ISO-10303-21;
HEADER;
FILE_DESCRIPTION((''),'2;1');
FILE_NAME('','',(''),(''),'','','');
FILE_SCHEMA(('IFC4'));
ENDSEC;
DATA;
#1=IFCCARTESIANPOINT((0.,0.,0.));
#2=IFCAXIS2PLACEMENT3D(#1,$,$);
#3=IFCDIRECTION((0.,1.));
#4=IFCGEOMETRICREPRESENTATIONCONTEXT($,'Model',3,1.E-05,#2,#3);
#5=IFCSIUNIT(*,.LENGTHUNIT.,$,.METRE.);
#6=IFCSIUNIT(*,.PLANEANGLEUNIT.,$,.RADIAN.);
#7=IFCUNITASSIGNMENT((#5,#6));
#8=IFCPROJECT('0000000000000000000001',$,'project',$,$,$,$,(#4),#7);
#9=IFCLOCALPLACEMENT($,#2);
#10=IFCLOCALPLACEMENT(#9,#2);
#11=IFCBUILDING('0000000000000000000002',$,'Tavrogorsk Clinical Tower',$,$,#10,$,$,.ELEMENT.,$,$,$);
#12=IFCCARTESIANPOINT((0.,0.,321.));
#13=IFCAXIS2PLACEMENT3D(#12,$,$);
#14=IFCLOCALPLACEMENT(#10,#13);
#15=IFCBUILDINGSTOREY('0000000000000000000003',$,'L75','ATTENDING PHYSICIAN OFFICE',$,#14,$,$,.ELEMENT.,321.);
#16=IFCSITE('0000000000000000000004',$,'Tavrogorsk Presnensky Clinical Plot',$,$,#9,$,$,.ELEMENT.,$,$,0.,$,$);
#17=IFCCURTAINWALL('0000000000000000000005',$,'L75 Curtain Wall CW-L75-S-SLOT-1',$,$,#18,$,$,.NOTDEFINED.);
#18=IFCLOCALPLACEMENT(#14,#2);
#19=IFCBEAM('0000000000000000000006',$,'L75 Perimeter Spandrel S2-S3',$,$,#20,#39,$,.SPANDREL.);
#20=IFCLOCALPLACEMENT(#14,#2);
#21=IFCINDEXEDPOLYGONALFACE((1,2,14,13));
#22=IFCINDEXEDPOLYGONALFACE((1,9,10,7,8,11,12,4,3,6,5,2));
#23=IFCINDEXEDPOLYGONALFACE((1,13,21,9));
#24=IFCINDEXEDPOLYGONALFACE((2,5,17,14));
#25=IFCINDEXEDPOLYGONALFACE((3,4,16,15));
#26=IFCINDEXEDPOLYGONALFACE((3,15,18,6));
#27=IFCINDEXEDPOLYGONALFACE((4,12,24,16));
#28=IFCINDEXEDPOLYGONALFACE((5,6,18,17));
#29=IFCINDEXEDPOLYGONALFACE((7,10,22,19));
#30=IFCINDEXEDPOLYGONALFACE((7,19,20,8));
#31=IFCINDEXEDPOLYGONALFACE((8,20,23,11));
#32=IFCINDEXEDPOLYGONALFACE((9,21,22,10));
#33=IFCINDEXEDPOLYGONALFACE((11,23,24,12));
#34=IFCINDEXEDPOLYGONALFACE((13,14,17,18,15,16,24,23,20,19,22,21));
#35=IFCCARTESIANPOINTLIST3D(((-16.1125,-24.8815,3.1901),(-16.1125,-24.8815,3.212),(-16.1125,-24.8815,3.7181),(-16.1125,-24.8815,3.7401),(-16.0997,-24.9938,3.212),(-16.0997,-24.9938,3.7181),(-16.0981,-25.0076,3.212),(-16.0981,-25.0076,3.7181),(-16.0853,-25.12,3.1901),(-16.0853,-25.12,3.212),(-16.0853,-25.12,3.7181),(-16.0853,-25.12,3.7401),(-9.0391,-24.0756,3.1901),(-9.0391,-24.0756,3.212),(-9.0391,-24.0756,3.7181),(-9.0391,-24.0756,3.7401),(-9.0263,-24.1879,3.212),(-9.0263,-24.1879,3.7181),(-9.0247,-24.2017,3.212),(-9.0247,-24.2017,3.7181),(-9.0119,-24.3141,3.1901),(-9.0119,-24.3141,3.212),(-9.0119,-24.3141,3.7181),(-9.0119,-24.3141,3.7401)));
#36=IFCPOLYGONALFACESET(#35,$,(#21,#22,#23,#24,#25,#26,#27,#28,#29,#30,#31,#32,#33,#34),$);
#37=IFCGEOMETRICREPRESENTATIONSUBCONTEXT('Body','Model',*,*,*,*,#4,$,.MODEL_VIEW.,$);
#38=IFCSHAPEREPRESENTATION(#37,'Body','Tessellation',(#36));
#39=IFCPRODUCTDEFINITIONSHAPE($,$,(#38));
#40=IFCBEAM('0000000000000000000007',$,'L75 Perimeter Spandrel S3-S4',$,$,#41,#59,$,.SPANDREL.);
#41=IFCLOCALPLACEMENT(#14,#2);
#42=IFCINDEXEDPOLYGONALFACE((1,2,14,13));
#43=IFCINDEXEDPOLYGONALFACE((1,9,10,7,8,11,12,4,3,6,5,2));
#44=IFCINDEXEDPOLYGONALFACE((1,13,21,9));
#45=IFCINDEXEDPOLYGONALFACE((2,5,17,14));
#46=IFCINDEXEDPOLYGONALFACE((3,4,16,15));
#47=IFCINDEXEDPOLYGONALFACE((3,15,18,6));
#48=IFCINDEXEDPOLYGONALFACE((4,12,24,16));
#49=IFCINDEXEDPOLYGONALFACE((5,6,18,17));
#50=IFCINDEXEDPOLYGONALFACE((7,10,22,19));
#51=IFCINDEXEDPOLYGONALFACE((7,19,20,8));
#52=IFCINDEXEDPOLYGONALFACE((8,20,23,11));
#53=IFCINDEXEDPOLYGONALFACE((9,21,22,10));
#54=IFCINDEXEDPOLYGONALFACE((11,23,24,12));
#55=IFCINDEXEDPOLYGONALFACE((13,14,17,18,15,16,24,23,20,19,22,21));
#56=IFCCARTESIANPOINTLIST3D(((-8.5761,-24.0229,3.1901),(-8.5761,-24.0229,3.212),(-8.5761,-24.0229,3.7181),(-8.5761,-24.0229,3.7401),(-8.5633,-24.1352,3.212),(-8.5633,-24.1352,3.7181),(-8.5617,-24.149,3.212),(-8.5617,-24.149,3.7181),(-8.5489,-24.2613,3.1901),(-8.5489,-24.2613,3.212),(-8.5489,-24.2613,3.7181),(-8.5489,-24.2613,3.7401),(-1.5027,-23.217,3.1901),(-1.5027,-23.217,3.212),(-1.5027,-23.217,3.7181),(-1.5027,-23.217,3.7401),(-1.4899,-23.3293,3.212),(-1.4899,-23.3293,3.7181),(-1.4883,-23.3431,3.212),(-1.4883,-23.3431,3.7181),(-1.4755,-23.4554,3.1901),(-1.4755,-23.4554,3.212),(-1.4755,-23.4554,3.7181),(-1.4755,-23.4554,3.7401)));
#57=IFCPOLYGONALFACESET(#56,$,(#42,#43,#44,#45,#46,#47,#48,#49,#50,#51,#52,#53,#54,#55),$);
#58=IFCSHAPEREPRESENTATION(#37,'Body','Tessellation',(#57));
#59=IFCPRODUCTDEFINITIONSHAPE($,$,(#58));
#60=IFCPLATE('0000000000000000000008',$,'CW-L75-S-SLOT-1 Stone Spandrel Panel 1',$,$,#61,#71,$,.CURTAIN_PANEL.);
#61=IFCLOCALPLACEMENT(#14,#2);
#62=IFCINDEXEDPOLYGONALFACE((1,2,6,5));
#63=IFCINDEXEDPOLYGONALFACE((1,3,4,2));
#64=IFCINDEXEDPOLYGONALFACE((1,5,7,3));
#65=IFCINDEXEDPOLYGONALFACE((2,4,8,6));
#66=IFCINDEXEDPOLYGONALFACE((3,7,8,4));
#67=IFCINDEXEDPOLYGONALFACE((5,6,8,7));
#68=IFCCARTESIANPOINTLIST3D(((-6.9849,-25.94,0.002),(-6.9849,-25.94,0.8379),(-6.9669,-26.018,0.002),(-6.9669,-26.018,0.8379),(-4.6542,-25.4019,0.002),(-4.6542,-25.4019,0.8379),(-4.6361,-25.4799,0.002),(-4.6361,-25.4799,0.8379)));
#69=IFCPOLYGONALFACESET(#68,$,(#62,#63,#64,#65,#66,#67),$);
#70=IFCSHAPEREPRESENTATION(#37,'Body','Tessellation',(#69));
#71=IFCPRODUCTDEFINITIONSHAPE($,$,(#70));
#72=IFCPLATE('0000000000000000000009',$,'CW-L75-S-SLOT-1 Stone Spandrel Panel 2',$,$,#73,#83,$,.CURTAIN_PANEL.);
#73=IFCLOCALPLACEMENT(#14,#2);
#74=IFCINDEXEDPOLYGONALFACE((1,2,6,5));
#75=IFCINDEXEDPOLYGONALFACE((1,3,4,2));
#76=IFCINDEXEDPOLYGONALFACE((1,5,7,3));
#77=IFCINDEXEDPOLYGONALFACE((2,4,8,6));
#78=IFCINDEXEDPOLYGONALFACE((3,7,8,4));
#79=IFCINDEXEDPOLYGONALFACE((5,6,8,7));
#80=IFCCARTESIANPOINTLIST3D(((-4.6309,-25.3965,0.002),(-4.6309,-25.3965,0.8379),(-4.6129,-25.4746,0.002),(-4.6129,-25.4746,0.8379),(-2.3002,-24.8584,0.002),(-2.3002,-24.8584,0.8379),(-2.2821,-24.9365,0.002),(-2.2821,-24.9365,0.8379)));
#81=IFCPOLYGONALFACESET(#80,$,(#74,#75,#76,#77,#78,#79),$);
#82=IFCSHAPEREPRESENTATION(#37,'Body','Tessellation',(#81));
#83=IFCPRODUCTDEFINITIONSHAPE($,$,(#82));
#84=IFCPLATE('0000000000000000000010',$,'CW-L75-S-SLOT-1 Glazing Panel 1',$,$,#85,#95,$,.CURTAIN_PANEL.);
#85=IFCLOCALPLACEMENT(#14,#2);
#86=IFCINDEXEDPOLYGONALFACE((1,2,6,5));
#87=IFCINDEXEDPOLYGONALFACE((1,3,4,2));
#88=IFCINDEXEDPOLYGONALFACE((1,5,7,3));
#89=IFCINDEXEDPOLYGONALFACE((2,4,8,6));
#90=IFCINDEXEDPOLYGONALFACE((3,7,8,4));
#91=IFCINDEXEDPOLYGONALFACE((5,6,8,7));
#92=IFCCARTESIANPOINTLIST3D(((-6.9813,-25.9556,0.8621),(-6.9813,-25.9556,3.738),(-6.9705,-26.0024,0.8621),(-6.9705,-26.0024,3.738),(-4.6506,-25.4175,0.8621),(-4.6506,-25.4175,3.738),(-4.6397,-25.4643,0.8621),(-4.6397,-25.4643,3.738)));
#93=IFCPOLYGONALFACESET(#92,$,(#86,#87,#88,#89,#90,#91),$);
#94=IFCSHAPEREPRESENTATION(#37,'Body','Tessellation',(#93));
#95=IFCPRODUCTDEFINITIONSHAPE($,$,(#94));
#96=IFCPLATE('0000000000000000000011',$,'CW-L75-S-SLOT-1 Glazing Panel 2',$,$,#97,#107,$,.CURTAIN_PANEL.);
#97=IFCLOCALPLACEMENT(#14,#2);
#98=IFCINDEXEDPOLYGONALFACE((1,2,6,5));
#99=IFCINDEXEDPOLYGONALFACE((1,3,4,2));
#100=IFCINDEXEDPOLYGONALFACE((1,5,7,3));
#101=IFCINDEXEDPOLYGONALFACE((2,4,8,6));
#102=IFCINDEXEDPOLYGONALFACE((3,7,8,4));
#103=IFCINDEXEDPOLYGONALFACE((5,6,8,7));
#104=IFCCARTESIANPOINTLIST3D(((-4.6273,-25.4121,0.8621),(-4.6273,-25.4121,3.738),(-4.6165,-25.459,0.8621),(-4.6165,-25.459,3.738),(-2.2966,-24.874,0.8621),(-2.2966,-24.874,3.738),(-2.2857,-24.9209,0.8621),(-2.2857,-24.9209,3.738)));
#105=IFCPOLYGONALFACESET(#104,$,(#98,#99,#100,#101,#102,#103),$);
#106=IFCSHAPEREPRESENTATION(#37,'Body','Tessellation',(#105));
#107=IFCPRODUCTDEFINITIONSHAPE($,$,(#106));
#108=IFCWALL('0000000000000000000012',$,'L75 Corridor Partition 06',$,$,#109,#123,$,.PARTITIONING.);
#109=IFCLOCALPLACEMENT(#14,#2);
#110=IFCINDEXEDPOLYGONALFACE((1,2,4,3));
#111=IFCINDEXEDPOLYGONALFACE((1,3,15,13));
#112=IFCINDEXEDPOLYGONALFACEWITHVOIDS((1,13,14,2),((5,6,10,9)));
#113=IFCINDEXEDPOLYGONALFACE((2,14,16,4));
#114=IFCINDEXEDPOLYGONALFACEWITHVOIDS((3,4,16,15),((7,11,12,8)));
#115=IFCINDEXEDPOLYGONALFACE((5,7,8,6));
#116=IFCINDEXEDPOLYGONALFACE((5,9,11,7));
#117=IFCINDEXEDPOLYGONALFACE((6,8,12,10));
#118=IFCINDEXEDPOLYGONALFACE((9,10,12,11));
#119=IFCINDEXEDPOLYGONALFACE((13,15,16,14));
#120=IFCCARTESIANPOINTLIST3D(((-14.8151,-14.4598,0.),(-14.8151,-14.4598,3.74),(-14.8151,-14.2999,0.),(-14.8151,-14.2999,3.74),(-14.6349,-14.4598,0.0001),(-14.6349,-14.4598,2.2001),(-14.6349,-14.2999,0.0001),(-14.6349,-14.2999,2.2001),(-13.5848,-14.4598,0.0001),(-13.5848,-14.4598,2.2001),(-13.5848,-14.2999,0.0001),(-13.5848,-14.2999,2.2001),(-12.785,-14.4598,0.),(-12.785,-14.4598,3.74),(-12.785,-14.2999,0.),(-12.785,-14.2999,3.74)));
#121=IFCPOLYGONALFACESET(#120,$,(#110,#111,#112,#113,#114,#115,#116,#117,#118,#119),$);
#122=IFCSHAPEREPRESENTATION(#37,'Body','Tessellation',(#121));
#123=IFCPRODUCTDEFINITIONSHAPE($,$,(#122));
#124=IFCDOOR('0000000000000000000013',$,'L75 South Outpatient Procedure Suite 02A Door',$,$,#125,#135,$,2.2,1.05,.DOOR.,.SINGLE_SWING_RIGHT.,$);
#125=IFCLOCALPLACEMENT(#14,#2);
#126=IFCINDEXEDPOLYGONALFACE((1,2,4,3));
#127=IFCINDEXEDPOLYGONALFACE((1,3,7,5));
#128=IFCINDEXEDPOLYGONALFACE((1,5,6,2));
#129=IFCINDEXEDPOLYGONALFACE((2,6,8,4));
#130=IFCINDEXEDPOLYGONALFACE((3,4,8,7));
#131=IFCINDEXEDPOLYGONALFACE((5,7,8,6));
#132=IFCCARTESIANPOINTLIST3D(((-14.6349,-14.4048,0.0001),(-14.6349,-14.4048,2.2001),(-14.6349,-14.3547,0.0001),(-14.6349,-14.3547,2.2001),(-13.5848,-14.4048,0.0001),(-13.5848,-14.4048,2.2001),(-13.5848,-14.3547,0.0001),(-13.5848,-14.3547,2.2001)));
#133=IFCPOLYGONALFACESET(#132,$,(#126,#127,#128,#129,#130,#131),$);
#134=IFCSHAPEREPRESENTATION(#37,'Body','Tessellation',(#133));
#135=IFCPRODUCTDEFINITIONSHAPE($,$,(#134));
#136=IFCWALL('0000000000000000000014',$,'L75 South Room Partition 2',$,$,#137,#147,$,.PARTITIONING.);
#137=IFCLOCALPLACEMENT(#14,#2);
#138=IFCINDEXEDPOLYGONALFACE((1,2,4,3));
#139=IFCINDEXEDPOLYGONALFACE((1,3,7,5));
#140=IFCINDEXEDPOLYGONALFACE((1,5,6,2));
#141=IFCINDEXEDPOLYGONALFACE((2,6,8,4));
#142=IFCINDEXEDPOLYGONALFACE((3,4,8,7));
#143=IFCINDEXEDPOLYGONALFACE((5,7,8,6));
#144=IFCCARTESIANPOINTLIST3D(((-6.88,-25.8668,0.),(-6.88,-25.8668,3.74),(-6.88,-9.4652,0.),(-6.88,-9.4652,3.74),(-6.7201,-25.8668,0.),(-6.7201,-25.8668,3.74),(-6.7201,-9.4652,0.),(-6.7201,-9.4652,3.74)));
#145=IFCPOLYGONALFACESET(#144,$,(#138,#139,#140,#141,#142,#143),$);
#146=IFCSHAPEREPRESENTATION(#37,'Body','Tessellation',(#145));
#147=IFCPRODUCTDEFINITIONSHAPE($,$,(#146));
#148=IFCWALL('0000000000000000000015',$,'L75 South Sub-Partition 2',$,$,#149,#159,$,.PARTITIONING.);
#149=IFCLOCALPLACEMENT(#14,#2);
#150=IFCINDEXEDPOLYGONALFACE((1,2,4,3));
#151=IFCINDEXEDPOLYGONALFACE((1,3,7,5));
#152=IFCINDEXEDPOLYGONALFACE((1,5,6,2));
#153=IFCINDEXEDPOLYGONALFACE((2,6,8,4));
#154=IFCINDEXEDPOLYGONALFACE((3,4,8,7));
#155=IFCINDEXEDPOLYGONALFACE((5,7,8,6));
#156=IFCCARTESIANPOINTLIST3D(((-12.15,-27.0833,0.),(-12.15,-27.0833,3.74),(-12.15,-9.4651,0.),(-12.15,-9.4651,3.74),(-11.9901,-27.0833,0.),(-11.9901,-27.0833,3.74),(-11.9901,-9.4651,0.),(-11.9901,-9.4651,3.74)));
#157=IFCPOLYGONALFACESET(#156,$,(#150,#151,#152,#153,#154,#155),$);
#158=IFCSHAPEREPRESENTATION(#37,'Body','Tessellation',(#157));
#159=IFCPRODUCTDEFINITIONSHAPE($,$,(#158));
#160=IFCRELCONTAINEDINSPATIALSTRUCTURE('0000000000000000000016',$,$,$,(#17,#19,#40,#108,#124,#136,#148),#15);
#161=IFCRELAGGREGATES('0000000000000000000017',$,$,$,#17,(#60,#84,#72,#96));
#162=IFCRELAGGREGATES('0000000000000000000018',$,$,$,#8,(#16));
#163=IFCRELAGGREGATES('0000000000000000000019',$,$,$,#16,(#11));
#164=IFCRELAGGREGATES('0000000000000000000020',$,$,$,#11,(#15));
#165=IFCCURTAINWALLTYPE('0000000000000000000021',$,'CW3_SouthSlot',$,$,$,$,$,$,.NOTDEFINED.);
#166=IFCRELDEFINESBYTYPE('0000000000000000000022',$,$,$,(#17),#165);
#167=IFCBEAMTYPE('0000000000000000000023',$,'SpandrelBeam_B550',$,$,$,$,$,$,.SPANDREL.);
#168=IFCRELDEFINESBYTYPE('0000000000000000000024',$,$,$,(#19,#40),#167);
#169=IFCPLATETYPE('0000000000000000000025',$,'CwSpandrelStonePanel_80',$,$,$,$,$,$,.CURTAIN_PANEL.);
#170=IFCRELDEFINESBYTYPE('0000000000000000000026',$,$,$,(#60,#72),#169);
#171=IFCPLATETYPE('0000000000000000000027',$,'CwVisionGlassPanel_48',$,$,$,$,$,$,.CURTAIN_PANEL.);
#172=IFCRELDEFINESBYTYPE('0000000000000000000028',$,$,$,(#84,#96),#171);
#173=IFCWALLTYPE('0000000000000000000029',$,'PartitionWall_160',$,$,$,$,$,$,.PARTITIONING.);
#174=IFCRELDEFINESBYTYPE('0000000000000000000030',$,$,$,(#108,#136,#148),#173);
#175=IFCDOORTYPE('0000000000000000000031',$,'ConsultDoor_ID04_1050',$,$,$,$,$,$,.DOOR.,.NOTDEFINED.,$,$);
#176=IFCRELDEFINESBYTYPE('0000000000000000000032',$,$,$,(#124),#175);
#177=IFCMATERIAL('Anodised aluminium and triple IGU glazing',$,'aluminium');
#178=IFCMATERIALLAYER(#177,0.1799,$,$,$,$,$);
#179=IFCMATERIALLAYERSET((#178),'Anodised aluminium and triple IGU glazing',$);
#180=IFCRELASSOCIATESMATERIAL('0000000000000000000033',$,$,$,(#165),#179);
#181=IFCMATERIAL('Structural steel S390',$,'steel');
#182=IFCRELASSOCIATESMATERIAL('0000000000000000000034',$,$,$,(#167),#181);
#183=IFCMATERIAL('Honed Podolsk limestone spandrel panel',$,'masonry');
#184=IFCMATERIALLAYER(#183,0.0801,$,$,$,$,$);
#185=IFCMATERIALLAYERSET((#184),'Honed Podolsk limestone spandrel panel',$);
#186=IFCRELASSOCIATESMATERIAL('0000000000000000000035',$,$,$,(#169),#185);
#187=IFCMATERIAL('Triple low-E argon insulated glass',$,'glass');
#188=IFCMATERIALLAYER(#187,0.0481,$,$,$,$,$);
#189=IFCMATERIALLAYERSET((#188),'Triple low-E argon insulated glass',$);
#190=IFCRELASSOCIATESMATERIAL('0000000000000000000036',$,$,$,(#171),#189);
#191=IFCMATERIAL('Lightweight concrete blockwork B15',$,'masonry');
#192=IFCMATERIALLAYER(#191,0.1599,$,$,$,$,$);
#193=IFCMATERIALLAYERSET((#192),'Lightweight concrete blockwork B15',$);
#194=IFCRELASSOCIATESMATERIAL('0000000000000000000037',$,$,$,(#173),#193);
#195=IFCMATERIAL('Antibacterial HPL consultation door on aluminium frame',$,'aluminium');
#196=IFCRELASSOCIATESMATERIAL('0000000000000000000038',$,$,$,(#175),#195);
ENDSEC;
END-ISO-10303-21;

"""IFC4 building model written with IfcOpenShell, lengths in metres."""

from ifc_helpers import new_model, si_unit, direction, frame, frame_2d, origin, origin_2d, place, context, subcontext, project, spatial, rectangle, i_section, extrude, material, layer, layer_set, material_profile, profile_set, type_object, element, fill, aggregate, save


model = new_model("IFC4")

# Units and contexts
model_context = context("Model", 3, precision=1e-05, world=origin(), true_north=direction((0.0, 1.0)))
body_context = subcontext(model_context, "Body", "Model", "MODEL_VIEW")
ifc_project = project(units=[si_unit("LENGTHUNIT", "METRE"), si_unit("PLANEANGLEUNIT", "RADIAN")], contexts=[model_context])

# Site, building, storey
site_placement = place(None, origin())
site = spatial("IfcSite", under=ifc_project, at=site_placement, Name="Tavrogorsk Presnensky Clinical Plot", CompositionType="ELEMENT", RefElevation=0.0)
building_placement = place(site_placement, origin())
building = spatial("IfcBuilding", under=site, at=building_placement, Name="Tavrogorsk Clinical Tower", CompositionType="ELEMENT")
storey_placement = place(building_placement, frame((0.0, 0.0, 321.0)))
storey = spatial("IfcBuildingStorey", under=building, at=storey_placement, Name="L75", Description="ATTENDING PHYSICIAN OFFICE", CompositionType="ELEMENT", Elevation=321.0)

# Curtain wall
ifc_material_1 = material(Name="Anodised aluminium and triple IGU glazing", Category="aluminium")
ifc_layer_1 = layer(ifc_material_1, 0.1799)
ifc_layer_set_1 = layer_set([ifc_layer_1], Name="Anodised aluminium and triple IGU glazing")
curtain_wall_type = type_object("IfcCurtainWallType", Name="CW3_SouthSlot", PredefinedType="NOTDEFINED", material=ifc_layer_set_1)
curtain_wall_placement = place(storey_placement, origin())
curtain_wall = element("IfcCurtainWall", 1, at=curtain_wall_placement, inside=storey, type_object=curtain_wall_type, Name="L75 Curtain Wall CW-L75-S-SLOT-1", PredefinedType="NOTDEFINED")

# Beams
ifc_material_2 = material(Name="Structural steel S390", Category="steel")
ifc_material_profile_1 = material_profile(ifc_material_2, i_section(OverallWidth=0.24, OverallDepth=0.55, WebThickness=0.0139, FlangeThickness=0.022, at=origin_2d()), Name="B-550x240x14x22")
ifc_profile_set_1 = profile_set([ifc_material_profile_1], Name="Structural steel S390")
beam_type = type_object("IfcBeamType", Name="SpandrelBeam_B550", PredefinedType="SPANDREL", material=ifc_profile_set_1)
for number, where, z_axis, x_axis, name in (
    (2, (-16.0989, -25.0007, 3.4651), (0.993572, 0.113201, 0.0), (-0.113201, 0.993572, 0.0), "L75 Perimeter Spandrel S2-S3"),
    (3, (-8.5625, -24.1421, 3.4651), (0.993572, 0.113201, 0.0), (-0.113201, 0.993572, 0.0), "L75 Perimeter Spandrel S3-S4"),
):
    element("IfcBeam", number, at=place(storey_placement, frame(where, z_axis=z_axis, x_axis=x_axis)), inside=storey, type_object=beam_type, Name=name, PredefinedType="SPANDREL", context=body_context, shape_type="SweptSolid", body=[
        extrude(i_section(OverallWidth=0.24, OverallDepth=0.55, WebThickness=0.0139, FlangeThickness=0.022, at=origin_2d()), origin(), (0.0, 0.0, 1.0), 7.1191),
    ])

# Plates
ifc_material_3 = material(Name="Honed Podolsk limestone spandrel panel", Category="masonry")
ifc_layer_2 = layer(ifc_material_3, 0.0801)
ifc_layer_set_2 = layer_set([ifc_layer_2], Name="Honed Podolsk limestone spandrel panel")
plate_type_1 = type_object("IfcPlateType", Name="CwSpandrelStonePanel_80", PredefinedType="CURTAIN_PANEL", material=ifc_layer_set_2)
plate_1_placement = place(storey_placement, frame((-5.8105, -25.71, 0.002), z_axis=(0.0, 0.0, 1.0), x_axis=(0.97437, 0.224951, 0.0)))
plate_1 = element("IfcPlate", 4, at=plate_1_placement, type_object=plate_type_1, Name="CW-L75-S-SLOT-1 Stone Spandrel Panel 1", PredefinedType="CURTAIN_PANEL", context=body_context, shape_type="SweptSolid", body=[
    extrude(rectangle(XDim=2.3921, YDim=0.0801, at=origin_2d()), origin(), (0.0, 0.0, 1.0), 0.8359),
])
plate_2_placement = place(storey_placement, frame((-3.4565, -25.1665, 0.002), z_axis=(0.0, 0.0, 1.0), x_axis=(0.97437, 0.224951, 0.0)))
plate_2 = element("IfcPlate", 5, at=plate_2_placement, type_object=plate_type_1, Name="CW-L75-S-SLOT-1 Stone Spandrel Panel 2", PredefinedType="CURTAIN_PANEL", context=body_context, shape_type="SweptSolid", body=[
    extrude(rectangle(XDim=2.3921, YDim=0.0801, at=origin_2d()), origin(), (0.0, 0.0, 1.0), 0.8359),
])
ifc_material_4 = material(Name="Triple low-E argon insulated glass", Category="glass")
ifc_layer_3 = layer(ifc_material_4, 0.0481)
ifc_layer_set_3 = layer_set([ifc_layer_3], Name="Triple low-E argon insulated glass")
plate_type_2 = type_object("IfcPlateType", Name="CwVisionGlassPanel_48", PredefinedType="CURTAIN_PANEL", material=ifc_layer_set_3)
plate_3_placement = place(storey_placement, frame((-5.8105, -25.71, 0.8621), z_axis=(0.0, 0.0, 1.0), x_axis=(0.97437, 0.224951, 0.0)))
plate_3 = element("IfcPlate", 6, at=plate_3_placement, type_object=plate_type_2, Name="CW-L75-S-SLOT-1 Glazing Panel 1", PredefinedType="CURTAIN_PANEL", context=body_context, shape_type="SweptSolid", body=[
    extrude(rectangle(XDim=2.3921, YDim=0.0481, at=origin_2d()), origin(), (0.0, 0.0, 1.0), 2.876),
])
plate_4_placement = place(storey_placement, frame((-3.4565, -25.1665, 0.8621), z_axis=(0.0, 0.0, 1.0), x_axis=(0.97437, 0.224951, 0.0)))
plate_4 = element("IfcPlate", 7, at=plate_4_placement, type_object=plate_type_2, Name="CW-L75-S-SLOT-1 Glazing Panel 2", PredefinedType="CURTAIN_PANEL", context=body_context, shape_type="SweptSolid", body=[
    extrude(rectangle(XDim=2.3921, YDim=0.0481, at=origin_2d()), origin(), (0.0, 0.0, 1.0), 2.876),
])
aggregate(curtain_wall, [plate_1, plate_3, plate_2, plate_4])

# Wall, opening, door
ifc_material_5 = material(Name="Lightweight concrete blockwork B15", Category="masonry")
ifc_layer_4 = layer(ifc_material_5, 0.1599)
ifc_layer_set_4 = layer_set([ifc_layer_4], Name="Lightweight concrete blockwork B15")
wall_type_1 = type_object("IfcWallType", Name="PartitionWall_160", PredefinedType="PARTITIONING", material=ifc_layer_set_4)
wall_1_placement = place(storey_placement, frame((-12.7849, -14.3799, 0.0), z_axis=(0.0, 0.0, 1.0), x_axis=(-1.0, 0.0, 0.0)))
wall_1 = element("IfcWall", 8, at=wall_1_placement, inside=storey, type_object=wall_type_1, Name="L75 Corridor Partition 06", PredefinedType="PARTITIONING", context=body_context, shape_type="SweptSolid", body=[
    extrude(rectangle(XDim=2.03, YDim=0.1599, at=frame_2d((1.0151, 0.0))), origin(), (0.0, 0.0, 1.0), 3.74),
])
opening_1_placement = place(wall_1_placement, frame((0.8, 0.0, 0.0)))
opening_1 = element("IfcOpeningElement", 9, at=opening_1_placement, cuts=wall_1, PredefinedType="OPENING", context=body_context, shape_type="SweptSolid", body=[
    extrude(rectangle(XDim=1.05, YDim=2.2, at=frame_2d((0.5249, 1.1001))), frame((0.0, 0.0898, 0.0), z_axis=(0.0, -1.0, 0.0), x_axis=(1.0, 0.0, 0.0)), (0.0, 0.0, 1.0), 0.1799),
])
ifc_material_6 = material(Name="Antibacterial HPL consultation door on aluminium frame", Category="aluminium")
door_type = type_object("IfcDoorType", Name="ConsultDoor_ID04_1050", OperationType="NOTDEFINED", PredefinedType="DOOR", material=ifc_material_6)
door_placement = place(opening_1_placement, origin())
door = element("IfcDoor", 10, at=door_placement, inside=storey, type_object=door_type, Name="L75 South Outpatient Procedure Suite 02A Door", OperationType="SINGLE_SWING_RIGHT", OverallHeight=2.2, OverallWidth=1.05, PredefinedType="DOOR", context=body_context, shape_type="SweptSolid", body=[
    extrude(rectangle(XDim=1.05, YDim=2.2, at=frame_2d((0.5249, 1.1001))), frame((0.0, 0.0249, 0.0), z_axis=(0.0, -1.0, 0.0), x_axis=(1.0, 0.0, 0.0)), (0.0, 0.0, 1.0), 0.05),
])
fill(opening_1, door)

# Walls
wall_2_placement = place(storey_placement, frame((-6.8, -25.8667, 0.0), z_axis=(0.0, 0.0, 1.0), x_axis=(0.0, 1.0, 0.0)))
element("IfcWall", 11, at=wall_2_placement, inside=storey, type_object=wall_type_1, Name="L75 South Room Partition 2", PredefinedType="PARTITIONING", context=body_context, shape_type="SweptSolid", body=[
    extrude(rectangle(XDim=16.4016, YDim=0.1599, at=frame_2d((8.2007, 0.0))), origin(), (0.0, 0.0, 1.0), 3.74),
])
wall_3_placement = place(storey_placement, frame((-12.0701, -27.0833, 0.0), z_axis=(0.0, 0.0, 1.0), x_axis=(0.0, 1.0, 0.0)))
element("IfcWall", 12, at=wall_3_placement, inside=storey, type_object=wall_type_1, Name="L75 South Sub-Partition 2", PredefinedType="PARTITIONING", context=body_context, shape_type="SweptSolid", body=[
    extrude(rectangle(XDim=17.6182, YDim=0.1599, at=frame_2d((8.8091, 0.0))), origin(), (0.0, 0.0, 1.0), 3.74),
])

save(model, "model.ifc")
